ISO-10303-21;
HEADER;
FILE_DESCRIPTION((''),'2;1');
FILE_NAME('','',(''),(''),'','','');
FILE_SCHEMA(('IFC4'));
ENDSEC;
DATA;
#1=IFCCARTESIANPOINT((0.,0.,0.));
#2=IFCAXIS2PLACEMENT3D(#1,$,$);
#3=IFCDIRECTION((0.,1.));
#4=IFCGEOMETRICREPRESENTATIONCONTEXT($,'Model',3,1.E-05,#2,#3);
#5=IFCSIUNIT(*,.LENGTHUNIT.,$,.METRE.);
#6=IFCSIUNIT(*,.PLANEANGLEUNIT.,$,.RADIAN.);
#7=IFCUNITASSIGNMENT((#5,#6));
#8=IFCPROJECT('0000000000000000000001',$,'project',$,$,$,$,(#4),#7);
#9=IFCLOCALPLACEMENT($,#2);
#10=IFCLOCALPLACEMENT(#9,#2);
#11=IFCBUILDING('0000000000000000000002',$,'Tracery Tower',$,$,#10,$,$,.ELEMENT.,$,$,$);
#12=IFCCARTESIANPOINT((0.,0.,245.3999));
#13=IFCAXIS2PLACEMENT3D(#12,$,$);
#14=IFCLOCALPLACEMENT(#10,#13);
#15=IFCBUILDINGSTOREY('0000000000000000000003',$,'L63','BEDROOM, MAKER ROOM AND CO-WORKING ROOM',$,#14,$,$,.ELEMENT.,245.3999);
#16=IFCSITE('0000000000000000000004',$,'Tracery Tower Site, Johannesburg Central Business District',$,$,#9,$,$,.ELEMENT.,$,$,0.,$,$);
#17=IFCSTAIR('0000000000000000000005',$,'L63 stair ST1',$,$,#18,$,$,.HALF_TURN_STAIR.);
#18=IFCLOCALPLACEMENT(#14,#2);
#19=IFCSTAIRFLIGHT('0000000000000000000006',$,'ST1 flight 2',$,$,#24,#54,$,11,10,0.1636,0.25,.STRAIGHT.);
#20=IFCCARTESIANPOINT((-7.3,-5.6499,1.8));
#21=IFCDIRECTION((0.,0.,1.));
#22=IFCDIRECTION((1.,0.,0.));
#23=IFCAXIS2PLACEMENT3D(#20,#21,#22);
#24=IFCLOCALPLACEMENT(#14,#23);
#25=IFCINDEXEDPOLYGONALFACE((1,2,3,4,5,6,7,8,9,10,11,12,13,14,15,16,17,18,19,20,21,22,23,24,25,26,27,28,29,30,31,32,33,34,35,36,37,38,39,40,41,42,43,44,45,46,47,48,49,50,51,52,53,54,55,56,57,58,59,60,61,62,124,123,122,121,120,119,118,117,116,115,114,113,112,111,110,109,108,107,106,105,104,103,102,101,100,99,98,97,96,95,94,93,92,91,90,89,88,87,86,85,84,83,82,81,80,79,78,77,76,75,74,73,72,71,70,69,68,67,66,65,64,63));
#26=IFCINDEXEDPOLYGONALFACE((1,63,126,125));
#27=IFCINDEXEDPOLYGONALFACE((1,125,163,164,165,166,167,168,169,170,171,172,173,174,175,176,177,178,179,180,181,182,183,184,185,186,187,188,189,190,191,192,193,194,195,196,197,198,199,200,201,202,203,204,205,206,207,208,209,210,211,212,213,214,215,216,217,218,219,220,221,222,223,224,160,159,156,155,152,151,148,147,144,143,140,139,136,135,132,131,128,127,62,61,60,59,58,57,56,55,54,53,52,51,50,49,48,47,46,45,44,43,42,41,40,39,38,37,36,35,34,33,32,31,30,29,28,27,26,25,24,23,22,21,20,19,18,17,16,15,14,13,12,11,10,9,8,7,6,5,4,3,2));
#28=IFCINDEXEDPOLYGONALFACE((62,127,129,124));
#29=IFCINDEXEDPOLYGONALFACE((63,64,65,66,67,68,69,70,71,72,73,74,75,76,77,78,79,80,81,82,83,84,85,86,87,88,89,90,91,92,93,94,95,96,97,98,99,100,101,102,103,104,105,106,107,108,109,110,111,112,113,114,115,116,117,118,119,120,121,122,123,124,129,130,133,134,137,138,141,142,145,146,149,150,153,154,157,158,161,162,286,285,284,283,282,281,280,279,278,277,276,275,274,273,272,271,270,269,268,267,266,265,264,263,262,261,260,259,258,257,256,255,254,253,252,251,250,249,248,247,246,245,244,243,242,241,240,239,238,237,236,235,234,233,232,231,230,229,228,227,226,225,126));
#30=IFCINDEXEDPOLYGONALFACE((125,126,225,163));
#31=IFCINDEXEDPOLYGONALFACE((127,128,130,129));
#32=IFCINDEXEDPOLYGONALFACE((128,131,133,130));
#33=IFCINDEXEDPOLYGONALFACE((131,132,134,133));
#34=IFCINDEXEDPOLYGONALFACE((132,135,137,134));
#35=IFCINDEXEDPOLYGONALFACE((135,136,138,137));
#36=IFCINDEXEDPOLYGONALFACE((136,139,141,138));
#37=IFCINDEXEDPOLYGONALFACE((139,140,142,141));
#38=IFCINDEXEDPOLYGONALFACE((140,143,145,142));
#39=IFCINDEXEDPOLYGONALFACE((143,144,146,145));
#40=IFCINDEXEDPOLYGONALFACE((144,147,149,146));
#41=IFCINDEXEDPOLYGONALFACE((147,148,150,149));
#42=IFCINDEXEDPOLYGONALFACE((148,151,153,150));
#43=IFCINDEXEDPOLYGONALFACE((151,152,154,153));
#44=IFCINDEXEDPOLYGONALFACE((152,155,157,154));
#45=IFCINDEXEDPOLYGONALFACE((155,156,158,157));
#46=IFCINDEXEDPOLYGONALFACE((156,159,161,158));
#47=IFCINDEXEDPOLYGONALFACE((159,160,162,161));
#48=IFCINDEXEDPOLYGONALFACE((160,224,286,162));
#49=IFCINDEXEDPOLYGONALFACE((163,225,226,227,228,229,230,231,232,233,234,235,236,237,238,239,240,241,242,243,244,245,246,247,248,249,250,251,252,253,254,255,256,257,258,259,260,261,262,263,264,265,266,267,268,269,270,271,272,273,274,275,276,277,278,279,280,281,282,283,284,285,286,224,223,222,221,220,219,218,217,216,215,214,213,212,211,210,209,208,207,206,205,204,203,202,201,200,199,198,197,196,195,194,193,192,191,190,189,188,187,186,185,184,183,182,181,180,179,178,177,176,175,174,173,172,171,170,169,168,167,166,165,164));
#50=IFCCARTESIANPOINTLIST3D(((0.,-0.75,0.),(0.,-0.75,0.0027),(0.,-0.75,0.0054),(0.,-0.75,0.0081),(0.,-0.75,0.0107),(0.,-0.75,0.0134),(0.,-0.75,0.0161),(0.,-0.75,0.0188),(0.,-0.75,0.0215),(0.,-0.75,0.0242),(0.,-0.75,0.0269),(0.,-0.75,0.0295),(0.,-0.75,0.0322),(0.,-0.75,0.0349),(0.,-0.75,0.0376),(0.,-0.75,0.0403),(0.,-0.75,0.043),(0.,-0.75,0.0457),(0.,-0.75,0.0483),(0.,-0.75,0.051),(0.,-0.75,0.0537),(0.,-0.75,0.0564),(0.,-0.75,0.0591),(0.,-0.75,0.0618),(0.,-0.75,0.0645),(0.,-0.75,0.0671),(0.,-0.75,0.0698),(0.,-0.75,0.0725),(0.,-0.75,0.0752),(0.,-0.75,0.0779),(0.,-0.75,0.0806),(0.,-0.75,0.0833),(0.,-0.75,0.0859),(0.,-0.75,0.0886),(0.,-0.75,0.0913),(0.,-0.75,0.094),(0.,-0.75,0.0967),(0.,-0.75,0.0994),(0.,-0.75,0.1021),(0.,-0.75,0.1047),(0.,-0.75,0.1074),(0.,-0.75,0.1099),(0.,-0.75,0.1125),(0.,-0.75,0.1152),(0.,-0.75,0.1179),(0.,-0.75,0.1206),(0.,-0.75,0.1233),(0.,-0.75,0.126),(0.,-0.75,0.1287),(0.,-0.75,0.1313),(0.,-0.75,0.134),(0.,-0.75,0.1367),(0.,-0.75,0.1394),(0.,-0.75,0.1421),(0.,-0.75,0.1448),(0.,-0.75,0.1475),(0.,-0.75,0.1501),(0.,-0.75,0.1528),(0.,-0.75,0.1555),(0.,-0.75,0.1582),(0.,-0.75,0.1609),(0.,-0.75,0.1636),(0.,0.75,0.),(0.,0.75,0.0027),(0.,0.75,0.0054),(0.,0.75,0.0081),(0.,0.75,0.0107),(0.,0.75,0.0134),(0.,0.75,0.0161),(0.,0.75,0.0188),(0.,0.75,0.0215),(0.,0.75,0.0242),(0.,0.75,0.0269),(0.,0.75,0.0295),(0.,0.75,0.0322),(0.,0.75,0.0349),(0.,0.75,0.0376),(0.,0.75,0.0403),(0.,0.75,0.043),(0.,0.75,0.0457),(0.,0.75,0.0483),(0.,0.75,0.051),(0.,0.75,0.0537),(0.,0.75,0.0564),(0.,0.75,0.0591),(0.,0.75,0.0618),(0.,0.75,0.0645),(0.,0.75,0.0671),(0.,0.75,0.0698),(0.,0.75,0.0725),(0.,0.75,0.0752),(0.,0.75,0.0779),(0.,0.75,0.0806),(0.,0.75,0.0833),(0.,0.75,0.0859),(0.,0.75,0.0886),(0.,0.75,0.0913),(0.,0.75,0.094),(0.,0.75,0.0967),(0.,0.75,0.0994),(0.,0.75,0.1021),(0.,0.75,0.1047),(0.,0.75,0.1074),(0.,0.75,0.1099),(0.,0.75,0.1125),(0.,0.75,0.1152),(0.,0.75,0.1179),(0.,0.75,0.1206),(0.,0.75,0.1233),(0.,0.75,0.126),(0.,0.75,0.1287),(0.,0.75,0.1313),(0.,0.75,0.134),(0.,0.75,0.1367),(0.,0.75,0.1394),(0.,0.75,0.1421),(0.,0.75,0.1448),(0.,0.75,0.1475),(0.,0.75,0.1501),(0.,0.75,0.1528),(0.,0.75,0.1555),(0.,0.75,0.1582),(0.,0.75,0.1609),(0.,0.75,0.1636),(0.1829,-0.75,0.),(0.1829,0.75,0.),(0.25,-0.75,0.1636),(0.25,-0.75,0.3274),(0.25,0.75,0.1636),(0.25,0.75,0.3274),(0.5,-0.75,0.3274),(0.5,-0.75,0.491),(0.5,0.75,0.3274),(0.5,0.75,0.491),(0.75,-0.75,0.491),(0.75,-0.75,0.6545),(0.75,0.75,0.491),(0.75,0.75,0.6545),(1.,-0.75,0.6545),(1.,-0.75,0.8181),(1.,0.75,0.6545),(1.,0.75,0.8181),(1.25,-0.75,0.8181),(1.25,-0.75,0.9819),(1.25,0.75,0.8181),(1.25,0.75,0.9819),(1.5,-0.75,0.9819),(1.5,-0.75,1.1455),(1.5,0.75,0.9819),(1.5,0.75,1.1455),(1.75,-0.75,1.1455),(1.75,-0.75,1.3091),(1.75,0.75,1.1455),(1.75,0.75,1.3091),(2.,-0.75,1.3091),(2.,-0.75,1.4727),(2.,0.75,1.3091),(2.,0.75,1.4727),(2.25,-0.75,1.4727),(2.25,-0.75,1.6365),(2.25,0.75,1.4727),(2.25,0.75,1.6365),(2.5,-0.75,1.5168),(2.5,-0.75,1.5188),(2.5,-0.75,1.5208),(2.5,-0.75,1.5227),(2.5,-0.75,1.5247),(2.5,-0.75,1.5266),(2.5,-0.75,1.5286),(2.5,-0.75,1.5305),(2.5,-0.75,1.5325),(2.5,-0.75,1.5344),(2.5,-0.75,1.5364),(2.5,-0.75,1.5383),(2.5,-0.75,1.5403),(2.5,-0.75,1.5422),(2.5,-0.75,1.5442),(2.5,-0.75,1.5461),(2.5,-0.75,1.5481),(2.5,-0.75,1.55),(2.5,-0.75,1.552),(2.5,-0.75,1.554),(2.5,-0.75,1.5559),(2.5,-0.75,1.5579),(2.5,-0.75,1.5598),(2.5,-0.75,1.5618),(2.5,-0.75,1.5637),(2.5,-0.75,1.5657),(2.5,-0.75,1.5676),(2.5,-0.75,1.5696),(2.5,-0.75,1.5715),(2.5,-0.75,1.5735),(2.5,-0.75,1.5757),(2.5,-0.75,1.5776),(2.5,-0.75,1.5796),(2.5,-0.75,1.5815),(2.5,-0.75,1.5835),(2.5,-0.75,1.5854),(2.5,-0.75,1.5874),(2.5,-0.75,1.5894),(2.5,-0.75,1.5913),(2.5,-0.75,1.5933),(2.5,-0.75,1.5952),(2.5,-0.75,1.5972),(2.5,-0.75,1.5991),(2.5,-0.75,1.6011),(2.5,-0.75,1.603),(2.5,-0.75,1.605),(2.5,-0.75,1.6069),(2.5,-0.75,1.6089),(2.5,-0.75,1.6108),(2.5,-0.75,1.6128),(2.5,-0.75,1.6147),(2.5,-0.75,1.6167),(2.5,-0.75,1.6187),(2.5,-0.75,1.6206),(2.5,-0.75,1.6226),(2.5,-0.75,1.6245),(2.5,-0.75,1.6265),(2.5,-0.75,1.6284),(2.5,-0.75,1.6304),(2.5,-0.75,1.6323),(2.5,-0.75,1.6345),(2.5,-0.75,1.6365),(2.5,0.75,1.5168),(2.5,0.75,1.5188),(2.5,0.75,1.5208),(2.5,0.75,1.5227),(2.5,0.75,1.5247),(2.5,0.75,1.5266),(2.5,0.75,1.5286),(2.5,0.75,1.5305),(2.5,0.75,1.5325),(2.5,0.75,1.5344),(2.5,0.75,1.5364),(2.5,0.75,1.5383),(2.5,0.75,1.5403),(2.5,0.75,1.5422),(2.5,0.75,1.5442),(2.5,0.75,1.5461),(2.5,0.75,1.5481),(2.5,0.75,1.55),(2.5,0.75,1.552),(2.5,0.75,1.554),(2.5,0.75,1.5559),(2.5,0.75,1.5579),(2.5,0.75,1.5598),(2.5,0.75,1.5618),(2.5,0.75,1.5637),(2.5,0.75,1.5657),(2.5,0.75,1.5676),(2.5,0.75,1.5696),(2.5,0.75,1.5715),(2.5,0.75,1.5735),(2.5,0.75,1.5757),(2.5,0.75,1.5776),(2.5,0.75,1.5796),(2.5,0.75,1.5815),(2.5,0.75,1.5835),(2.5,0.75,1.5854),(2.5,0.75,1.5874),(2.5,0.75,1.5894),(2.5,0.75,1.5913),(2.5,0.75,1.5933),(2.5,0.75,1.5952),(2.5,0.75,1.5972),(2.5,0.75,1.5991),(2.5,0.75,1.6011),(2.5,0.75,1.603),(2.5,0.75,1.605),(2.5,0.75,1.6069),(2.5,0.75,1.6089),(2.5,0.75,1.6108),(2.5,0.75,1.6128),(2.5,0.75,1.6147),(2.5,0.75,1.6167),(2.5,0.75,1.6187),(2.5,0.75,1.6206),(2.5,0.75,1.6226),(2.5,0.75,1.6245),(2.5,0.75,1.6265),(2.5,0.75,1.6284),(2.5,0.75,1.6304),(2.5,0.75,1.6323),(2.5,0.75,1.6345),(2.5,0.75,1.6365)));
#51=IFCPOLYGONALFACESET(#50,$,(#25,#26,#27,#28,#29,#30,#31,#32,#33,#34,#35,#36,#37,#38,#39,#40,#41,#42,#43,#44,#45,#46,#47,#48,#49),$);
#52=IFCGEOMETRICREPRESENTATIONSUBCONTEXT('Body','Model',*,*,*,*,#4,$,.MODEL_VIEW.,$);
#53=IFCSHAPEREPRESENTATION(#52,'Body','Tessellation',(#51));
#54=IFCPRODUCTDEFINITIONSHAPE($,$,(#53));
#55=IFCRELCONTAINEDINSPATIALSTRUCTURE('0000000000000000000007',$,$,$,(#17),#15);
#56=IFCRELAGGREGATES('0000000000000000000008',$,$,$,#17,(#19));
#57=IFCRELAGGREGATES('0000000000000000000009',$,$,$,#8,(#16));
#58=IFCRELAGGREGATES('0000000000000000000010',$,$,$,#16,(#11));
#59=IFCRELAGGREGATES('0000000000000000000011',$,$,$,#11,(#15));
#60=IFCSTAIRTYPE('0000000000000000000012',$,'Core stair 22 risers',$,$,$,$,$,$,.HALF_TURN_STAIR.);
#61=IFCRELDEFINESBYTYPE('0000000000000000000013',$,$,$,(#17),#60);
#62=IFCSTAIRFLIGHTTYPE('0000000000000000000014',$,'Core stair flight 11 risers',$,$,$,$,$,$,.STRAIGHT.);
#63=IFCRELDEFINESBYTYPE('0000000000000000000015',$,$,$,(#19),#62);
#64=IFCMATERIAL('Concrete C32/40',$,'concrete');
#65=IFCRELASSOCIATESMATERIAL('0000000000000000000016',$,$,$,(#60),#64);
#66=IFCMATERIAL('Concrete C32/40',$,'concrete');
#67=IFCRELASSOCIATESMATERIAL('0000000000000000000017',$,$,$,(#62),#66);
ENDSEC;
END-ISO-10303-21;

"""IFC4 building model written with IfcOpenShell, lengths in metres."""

from ifc_helpers import new_model, si_unit, direction, frame, origin, place, context, subcontext, project, spatial, polyline, outline, extrude, material, type_object, element, aggregate, save


model = new_model("IFC4")

# Units and contexts
model_context = context("Model", 3, precision=1e-05, world=origin(), true_north=direction((0.0, 1.0)))
body_context = subcontext(model_context, "Body", "Model", "MODEL_VIEW")
ifc_project = project(units=[si_unit("LENGTHUNIT", "METRE"), si_unit("PLANEANGLEUNIT", "RADIAN")], contexts=[model_context])

# Site, building, storey
site_placement = place(None, origin())
site = spatial("IfcSite", under=ifc_project, at=site_placement, Name="Tracery Tower Site, Johannesburg Central Business District", CompositionType="ELEMENT", RefElevation=0.0)
building_placement = place(site_placement, origin())
building = spatial("IfcBuilding", under=site, at=building_placement, Name="Tracery Tower", CompositionType="ELEMENT")
storey_placement = place(building_placement, frame((0.0, 0.0, 245.3999)))
storey = spatial("IfcBuildingStorey", under=building, at=storey_placement, Name="L63", Description="BEDROOM, MAKER ROOM AND CO-WORKING ROOM", CompositionType="ELEMENT", Elevation=245.3999)

# Stair, stair flight
ifc_material_1 = material(Name="Concrete C32/40", Category="concrete")
stair_type = type_object("IfcStairType", Name="Core stair 22 risers", PredefinedType="HALF_TURN_STAIR", material=ifc_material_1)
stair_placement = place(storey_placement, origin())
stair = element("IfcStair", 1, at=stair_placement, inside=storey, type_object=stair_type, Name="L63 stair ST1", PredefinedType="HALF_TURN_STAIR")
ifc_material_2 = material(Name="Concrete C32/40", Category="concrete")
stair_flight_type = type_object("IfcStairFlightType", Name="Core stair flight 11 risers", PredefinedType="STRAIGHT", material=ifc_material_2)
stair_flight_1_placement = place(storey_placement, frame((-7.3, -5.6499, 1.8), z_axis=(0.0, 0.0, 1.0), x_axis=(1.0, 0.0, 0.0)))
stair_flight_1 = element("IfcStairFlight", 2, at=stair_flight_1_placement, type_object=stair_flight_type, Name="ST1 flight 2", NumberOfRisers=11, NumberOfTreads=10, PredefinedType="STRAIGHT", RiserHeight=0.1636, TreadLength=0.25, context=body_context, shape_type="SweptSolid", body=[
    extrude(outline(polyline([(0.0, 0.0), (0.0, 0.0027), (0.0, 0.0054), (0.0, 0.0081), (0.0, 0.0107), (0.0, 0.0134), (0.0, 0.0161), (0.0, 0.0188), (0.0, 0.0215), (0.0, 0.0242), (0.0, 0.0269), (0.0, 0.0295), (0.0, 0.0322), (0.0, 0.0349), (0.0, 0.0376), (0.0, 0.0403), (0.0, 0.043), (0.0, 0.0457), (0.0, 0.0483), (0.0, 0.051), (0.0, 0.0537), (0.0, 0.0564), (0.0, 0.0591), (0.0, 0.0618), (0.0, 0.0645), (0.0, 0.0671), (0.0, 0.0698), (0.0, 0.0725), (0.0, 0.0752), (0.0, 0.0779), (0.0, 0.0806), (0.0, 0.0833), (0.0, 0.0859), (0.0, 0.0886), (0.0, 0.0913), (0.0, 0.094), (0.0, 0.0967), (0.0, 0.0994), (0.0, 0.1021), (0.0, 0.1047), (0.0, 0.1074), (0.0, 0.1099), (0.0, 0.1125), (0.0, 0.1152), (0.0, 0.1179), (0.0, 0.1206), (0.0, 0.1233), (0.0, 0.126), (0.0, 0.1287), (0.0, 0.1313), (0.0, 0.134), (0.0, 0.1367), (0.0, 0.1394), (0.0, 0.1421), (0.0, 0.1448), (0.0, 0.1475), (0.0, 0.1501), (0.0, 0.1528), (0.0, 0.1555), (0.0, 0.1582), (0.0, 0.1609), (0.0, 0.1636), (0.25, 0.1636), (0.25, 0.3274), (0.5, 0.3274), (0.5, 0.491), (0.75, 0.491), (0.75, 0.6545), (1.0, 0.6545), (1.0, 0.8181), (1.25, 0.8181), (1.25, 0.9819), (1.5, 0.9819), (1.5, 1.1455), (1.75, 1.1455), (1.75, 1.3091), (2.0, 1.3091), (2.0, 1.4727), (2.25, 1.4727), (2.25, 1.6365), (2.5, 1.6365), (2.5, 1.6345), (2.5, 1.6323), (2.5, 1.6304), (2.5, 1.6284), (2.5, 1.6265), (2.5, 1.6245), (2.5, 1.6226), (2.5, 1.6206), (2.5, 1.6187), (2.5, 1.6167), (2.5, 1.6147), (2.5, 1.6128), (2.5, 1.6108), (2.5, 1.6089), (2.5, 1.6069), (2.5, 1.605), (2.5, 1.603), (2.5, 1.6011), (2.5, 1.5991), (2.5, 1.5972), (2.5, 1.5952), (2.5, 1.5933), (2.5, 1.5913), (2.5, 1.5894), (2.5, 1.5874), (2.5, 1.5854), (2.5, 1.5835), (2.5, 1.5815), (2.5, 1.5796), (2.5, 1.5776), (2.5, 1.5757), (2.5, 1.5735), (2.5, 1.5715), (2.5, 1.5696), (2.5, 1.5676), (2.5, 1.5657), (2.5, 1.5637), (2.5, 1.5618), (2.5, 1.5598), (2.5, 1.5579), (2.5, 1.5559), (2.5, 1.554), (2.5, 1.552), (2.5, 1.55), (2.5, 1.5481), (2.5, 1.5461), (2.5, 1.5442), (2.5, 1.5422), (2.5, 1.5403), (2.5, 1.5383), (2.5, 1.5364), (2.5, 1.5344), (2.5, 1.5325), (2.5, 1.5305), (2.5, 1.5286), (2.5, 1.5266), (2.5, 1.5247), (2.5, 1.5227), (2.5, 1.5208), (2.5, 1.5188), (2.5, 1.5168), (0.1829, 0.0), (0.0, 0.0)])), frame((0.0, 0.75, 0.0), z_axis=(0.0, -1.0, 0.0), x_axis=(1.0, 0.0, 0.0)), (0.0, 0.0, 1.0), 1.5),
])
aggregate(stair, [stair_flight_1])

save(model, "model.ifc")
